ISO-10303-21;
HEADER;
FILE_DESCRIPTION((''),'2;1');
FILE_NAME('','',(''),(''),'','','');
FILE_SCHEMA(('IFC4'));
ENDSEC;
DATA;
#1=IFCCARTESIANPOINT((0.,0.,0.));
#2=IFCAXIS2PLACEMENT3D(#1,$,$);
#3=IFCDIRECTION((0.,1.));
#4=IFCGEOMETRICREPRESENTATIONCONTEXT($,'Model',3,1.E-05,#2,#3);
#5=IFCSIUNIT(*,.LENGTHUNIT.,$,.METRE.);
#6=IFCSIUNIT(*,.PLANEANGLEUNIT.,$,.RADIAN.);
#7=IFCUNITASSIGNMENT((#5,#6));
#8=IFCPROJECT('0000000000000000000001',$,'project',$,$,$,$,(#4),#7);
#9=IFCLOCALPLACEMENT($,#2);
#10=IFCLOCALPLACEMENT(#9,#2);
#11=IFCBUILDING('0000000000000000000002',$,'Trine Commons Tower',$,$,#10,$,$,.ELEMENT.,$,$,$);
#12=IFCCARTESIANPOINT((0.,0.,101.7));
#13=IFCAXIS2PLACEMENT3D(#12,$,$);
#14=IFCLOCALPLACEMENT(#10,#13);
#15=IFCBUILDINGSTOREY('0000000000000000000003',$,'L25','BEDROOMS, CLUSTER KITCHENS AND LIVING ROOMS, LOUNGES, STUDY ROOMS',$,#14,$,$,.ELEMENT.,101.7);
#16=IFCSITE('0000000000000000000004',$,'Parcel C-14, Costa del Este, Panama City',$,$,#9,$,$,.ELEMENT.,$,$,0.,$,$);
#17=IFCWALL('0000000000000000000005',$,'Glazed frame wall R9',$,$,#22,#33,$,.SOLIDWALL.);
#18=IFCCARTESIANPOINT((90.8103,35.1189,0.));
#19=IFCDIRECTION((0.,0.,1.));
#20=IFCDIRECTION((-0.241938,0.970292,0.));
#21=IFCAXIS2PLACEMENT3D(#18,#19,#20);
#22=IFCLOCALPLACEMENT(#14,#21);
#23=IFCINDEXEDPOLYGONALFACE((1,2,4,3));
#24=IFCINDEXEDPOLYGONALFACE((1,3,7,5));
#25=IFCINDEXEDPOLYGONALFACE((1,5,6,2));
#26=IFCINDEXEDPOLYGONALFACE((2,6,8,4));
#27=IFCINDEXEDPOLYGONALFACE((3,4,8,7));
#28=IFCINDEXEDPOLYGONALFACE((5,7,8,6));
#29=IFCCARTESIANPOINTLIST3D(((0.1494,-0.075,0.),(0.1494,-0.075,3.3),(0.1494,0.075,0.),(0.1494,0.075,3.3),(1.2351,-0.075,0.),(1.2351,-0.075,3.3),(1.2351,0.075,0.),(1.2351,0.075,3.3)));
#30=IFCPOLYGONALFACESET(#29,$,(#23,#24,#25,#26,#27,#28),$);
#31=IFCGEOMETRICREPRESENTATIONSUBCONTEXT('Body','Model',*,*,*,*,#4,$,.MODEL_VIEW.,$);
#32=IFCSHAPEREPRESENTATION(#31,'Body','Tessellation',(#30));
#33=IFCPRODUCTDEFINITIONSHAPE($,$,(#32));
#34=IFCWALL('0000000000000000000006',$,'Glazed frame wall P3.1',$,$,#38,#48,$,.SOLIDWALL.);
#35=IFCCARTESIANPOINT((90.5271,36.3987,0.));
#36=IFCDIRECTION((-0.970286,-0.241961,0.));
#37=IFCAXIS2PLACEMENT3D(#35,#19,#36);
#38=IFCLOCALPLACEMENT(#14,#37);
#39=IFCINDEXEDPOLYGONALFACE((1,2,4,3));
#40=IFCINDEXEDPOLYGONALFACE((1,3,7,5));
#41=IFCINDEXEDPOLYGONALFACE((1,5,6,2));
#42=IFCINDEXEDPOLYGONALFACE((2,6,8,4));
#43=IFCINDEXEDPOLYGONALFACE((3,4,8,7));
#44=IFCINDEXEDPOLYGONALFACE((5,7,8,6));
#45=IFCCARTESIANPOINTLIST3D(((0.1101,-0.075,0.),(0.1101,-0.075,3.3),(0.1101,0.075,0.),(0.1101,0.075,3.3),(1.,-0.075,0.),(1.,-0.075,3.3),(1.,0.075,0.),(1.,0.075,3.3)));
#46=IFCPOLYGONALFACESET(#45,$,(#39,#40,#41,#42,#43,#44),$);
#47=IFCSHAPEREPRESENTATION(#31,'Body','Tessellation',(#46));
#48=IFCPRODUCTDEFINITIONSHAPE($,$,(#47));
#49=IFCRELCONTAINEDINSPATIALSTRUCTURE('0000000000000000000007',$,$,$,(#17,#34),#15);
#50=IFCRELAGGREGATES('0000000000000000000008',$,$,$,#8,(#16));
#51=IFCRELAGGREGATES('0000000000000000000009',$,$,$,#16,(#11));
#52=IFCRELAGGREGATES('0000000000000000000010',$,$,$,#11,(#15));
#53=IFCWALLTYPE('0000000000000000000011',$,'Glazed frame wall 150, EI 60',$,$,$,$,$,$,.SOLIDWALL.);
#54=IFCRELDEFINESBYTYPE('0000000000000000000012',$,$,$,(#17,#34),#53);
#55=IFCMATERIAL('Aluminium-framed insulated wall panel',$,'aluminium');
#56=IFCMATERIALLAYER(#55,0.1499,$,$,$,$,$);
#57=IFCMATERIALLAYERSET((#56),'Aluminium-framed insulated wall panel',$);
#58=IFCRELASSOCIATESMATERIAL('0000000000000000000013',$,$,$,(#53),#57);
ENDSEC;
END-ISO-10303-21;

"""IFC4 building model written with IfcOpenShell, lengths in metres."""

from ifc_helpers import new_model, si_unit, direction, frame, origin, place, context, subcontext, project, spatial, polyline, outline, extrude, material, layer, layer_set, type_object, element, save


model = new_model("IFC4")

# Units and contexts
model_context = context("Model", 3, precision=1e-05, world=origin(), true_north=direction((0.0, 1.0)))
body_context = subcontext(model_context, "Body", "Model", "MODEL_VIEW")
ifc_project = project(units=[si_unit("LENGTHUNIT", "METRE"), si_unit("PLANEANGLEUNIT", "RADIAN")], contexts=[model_context])

# Site, building, storey
site_placement = place(None, origin())
site = spatial("IfcSite", under=ifc_project, at=site_placement, Name="Parcel C-14, Costa del Este, Panama City", CompositionType="ELEMENT", RefElevation=0.0)
building_placement = place(site_placement, origin())
building = spatial("IfcBuilding", under=site, at=building_placement, Name="Trine Commons Tower", CompositionType="ELEMENT")
storey_placement = place(building_placement, frame((0.0, 0.0, 101.7)))
storey = spatial("IfcBuildingStorey", under=building, at=storey_placement, Name="L25", Description="BEDROOMS, CLUSTER KITCHENS AND LIVING ROOMS, LOUNGES, STUDY ROOMS", CompositionType="ELEMENT", Elevation=101.7)

# Walls
ifc_material_1 = material(Name="Aluminium-framed insulated wall panel", Category="aluminium")
ifc_layer_1 = layer(ifc_material_1, 0.1499)
ifc_layer_set_1 = layer_set([ifc_layer_1], Name="Aluminium-framed insulated wall panel")
wall_type_1 = type_object("IfcWallType", Name="Glazed frame wall 150, EI 60", PredefinedType="SOLIDWALL", material=ifc_layer_set_1)
wall_1_placement = place(storey_placement, frame((90.8103, 35.1189, 0.0), z_axis=(0.0, 0.0, 1.0), x_axis=(-0.241938, 0.970292, 0.0)))
element("IfcWall", 1, at=wall_1_placement, inside=storey, type_object=wall_type_1, Name="Glazed frame wall R9", PredefinedType="SOLIDWALL", context=body_context, shape_type="SweptSolid", body=[
    extrude(outline(polyline([(0.1494, 0.075), (0.1494, -0.075), (1.2351, -0.075), (1.2351, 0.075), (0.1494, 0.075)])), origin(), (0.0, 0.0, 1.0), 3.3),
])
wall_2_placement = place(storey_placement, frame((90.5271, 36.3987, 0.0), z_axis=(0.0, 0.0, 1.0), x_axis=(-0.970286, -0.241961, 0.0)))
element("IfcWall", 2, at=wall_2_placement, inside=storey, type_object=wall_type_1, Name="Glazed frame wall P3.1", PredefinedType="SOLIDWALL", context=body_context, shape_type="SweptSolid", body=[
    extrude(outline(polyline([(0.1101, -0.075), (1.0, -0.075), (1.0, 0.075), (0.1101, 0.075), (0.1101, -0.075)])), origin(), (0.0, 0.0, 1.0), 3.3),
])

save(model, "model.ifc")
